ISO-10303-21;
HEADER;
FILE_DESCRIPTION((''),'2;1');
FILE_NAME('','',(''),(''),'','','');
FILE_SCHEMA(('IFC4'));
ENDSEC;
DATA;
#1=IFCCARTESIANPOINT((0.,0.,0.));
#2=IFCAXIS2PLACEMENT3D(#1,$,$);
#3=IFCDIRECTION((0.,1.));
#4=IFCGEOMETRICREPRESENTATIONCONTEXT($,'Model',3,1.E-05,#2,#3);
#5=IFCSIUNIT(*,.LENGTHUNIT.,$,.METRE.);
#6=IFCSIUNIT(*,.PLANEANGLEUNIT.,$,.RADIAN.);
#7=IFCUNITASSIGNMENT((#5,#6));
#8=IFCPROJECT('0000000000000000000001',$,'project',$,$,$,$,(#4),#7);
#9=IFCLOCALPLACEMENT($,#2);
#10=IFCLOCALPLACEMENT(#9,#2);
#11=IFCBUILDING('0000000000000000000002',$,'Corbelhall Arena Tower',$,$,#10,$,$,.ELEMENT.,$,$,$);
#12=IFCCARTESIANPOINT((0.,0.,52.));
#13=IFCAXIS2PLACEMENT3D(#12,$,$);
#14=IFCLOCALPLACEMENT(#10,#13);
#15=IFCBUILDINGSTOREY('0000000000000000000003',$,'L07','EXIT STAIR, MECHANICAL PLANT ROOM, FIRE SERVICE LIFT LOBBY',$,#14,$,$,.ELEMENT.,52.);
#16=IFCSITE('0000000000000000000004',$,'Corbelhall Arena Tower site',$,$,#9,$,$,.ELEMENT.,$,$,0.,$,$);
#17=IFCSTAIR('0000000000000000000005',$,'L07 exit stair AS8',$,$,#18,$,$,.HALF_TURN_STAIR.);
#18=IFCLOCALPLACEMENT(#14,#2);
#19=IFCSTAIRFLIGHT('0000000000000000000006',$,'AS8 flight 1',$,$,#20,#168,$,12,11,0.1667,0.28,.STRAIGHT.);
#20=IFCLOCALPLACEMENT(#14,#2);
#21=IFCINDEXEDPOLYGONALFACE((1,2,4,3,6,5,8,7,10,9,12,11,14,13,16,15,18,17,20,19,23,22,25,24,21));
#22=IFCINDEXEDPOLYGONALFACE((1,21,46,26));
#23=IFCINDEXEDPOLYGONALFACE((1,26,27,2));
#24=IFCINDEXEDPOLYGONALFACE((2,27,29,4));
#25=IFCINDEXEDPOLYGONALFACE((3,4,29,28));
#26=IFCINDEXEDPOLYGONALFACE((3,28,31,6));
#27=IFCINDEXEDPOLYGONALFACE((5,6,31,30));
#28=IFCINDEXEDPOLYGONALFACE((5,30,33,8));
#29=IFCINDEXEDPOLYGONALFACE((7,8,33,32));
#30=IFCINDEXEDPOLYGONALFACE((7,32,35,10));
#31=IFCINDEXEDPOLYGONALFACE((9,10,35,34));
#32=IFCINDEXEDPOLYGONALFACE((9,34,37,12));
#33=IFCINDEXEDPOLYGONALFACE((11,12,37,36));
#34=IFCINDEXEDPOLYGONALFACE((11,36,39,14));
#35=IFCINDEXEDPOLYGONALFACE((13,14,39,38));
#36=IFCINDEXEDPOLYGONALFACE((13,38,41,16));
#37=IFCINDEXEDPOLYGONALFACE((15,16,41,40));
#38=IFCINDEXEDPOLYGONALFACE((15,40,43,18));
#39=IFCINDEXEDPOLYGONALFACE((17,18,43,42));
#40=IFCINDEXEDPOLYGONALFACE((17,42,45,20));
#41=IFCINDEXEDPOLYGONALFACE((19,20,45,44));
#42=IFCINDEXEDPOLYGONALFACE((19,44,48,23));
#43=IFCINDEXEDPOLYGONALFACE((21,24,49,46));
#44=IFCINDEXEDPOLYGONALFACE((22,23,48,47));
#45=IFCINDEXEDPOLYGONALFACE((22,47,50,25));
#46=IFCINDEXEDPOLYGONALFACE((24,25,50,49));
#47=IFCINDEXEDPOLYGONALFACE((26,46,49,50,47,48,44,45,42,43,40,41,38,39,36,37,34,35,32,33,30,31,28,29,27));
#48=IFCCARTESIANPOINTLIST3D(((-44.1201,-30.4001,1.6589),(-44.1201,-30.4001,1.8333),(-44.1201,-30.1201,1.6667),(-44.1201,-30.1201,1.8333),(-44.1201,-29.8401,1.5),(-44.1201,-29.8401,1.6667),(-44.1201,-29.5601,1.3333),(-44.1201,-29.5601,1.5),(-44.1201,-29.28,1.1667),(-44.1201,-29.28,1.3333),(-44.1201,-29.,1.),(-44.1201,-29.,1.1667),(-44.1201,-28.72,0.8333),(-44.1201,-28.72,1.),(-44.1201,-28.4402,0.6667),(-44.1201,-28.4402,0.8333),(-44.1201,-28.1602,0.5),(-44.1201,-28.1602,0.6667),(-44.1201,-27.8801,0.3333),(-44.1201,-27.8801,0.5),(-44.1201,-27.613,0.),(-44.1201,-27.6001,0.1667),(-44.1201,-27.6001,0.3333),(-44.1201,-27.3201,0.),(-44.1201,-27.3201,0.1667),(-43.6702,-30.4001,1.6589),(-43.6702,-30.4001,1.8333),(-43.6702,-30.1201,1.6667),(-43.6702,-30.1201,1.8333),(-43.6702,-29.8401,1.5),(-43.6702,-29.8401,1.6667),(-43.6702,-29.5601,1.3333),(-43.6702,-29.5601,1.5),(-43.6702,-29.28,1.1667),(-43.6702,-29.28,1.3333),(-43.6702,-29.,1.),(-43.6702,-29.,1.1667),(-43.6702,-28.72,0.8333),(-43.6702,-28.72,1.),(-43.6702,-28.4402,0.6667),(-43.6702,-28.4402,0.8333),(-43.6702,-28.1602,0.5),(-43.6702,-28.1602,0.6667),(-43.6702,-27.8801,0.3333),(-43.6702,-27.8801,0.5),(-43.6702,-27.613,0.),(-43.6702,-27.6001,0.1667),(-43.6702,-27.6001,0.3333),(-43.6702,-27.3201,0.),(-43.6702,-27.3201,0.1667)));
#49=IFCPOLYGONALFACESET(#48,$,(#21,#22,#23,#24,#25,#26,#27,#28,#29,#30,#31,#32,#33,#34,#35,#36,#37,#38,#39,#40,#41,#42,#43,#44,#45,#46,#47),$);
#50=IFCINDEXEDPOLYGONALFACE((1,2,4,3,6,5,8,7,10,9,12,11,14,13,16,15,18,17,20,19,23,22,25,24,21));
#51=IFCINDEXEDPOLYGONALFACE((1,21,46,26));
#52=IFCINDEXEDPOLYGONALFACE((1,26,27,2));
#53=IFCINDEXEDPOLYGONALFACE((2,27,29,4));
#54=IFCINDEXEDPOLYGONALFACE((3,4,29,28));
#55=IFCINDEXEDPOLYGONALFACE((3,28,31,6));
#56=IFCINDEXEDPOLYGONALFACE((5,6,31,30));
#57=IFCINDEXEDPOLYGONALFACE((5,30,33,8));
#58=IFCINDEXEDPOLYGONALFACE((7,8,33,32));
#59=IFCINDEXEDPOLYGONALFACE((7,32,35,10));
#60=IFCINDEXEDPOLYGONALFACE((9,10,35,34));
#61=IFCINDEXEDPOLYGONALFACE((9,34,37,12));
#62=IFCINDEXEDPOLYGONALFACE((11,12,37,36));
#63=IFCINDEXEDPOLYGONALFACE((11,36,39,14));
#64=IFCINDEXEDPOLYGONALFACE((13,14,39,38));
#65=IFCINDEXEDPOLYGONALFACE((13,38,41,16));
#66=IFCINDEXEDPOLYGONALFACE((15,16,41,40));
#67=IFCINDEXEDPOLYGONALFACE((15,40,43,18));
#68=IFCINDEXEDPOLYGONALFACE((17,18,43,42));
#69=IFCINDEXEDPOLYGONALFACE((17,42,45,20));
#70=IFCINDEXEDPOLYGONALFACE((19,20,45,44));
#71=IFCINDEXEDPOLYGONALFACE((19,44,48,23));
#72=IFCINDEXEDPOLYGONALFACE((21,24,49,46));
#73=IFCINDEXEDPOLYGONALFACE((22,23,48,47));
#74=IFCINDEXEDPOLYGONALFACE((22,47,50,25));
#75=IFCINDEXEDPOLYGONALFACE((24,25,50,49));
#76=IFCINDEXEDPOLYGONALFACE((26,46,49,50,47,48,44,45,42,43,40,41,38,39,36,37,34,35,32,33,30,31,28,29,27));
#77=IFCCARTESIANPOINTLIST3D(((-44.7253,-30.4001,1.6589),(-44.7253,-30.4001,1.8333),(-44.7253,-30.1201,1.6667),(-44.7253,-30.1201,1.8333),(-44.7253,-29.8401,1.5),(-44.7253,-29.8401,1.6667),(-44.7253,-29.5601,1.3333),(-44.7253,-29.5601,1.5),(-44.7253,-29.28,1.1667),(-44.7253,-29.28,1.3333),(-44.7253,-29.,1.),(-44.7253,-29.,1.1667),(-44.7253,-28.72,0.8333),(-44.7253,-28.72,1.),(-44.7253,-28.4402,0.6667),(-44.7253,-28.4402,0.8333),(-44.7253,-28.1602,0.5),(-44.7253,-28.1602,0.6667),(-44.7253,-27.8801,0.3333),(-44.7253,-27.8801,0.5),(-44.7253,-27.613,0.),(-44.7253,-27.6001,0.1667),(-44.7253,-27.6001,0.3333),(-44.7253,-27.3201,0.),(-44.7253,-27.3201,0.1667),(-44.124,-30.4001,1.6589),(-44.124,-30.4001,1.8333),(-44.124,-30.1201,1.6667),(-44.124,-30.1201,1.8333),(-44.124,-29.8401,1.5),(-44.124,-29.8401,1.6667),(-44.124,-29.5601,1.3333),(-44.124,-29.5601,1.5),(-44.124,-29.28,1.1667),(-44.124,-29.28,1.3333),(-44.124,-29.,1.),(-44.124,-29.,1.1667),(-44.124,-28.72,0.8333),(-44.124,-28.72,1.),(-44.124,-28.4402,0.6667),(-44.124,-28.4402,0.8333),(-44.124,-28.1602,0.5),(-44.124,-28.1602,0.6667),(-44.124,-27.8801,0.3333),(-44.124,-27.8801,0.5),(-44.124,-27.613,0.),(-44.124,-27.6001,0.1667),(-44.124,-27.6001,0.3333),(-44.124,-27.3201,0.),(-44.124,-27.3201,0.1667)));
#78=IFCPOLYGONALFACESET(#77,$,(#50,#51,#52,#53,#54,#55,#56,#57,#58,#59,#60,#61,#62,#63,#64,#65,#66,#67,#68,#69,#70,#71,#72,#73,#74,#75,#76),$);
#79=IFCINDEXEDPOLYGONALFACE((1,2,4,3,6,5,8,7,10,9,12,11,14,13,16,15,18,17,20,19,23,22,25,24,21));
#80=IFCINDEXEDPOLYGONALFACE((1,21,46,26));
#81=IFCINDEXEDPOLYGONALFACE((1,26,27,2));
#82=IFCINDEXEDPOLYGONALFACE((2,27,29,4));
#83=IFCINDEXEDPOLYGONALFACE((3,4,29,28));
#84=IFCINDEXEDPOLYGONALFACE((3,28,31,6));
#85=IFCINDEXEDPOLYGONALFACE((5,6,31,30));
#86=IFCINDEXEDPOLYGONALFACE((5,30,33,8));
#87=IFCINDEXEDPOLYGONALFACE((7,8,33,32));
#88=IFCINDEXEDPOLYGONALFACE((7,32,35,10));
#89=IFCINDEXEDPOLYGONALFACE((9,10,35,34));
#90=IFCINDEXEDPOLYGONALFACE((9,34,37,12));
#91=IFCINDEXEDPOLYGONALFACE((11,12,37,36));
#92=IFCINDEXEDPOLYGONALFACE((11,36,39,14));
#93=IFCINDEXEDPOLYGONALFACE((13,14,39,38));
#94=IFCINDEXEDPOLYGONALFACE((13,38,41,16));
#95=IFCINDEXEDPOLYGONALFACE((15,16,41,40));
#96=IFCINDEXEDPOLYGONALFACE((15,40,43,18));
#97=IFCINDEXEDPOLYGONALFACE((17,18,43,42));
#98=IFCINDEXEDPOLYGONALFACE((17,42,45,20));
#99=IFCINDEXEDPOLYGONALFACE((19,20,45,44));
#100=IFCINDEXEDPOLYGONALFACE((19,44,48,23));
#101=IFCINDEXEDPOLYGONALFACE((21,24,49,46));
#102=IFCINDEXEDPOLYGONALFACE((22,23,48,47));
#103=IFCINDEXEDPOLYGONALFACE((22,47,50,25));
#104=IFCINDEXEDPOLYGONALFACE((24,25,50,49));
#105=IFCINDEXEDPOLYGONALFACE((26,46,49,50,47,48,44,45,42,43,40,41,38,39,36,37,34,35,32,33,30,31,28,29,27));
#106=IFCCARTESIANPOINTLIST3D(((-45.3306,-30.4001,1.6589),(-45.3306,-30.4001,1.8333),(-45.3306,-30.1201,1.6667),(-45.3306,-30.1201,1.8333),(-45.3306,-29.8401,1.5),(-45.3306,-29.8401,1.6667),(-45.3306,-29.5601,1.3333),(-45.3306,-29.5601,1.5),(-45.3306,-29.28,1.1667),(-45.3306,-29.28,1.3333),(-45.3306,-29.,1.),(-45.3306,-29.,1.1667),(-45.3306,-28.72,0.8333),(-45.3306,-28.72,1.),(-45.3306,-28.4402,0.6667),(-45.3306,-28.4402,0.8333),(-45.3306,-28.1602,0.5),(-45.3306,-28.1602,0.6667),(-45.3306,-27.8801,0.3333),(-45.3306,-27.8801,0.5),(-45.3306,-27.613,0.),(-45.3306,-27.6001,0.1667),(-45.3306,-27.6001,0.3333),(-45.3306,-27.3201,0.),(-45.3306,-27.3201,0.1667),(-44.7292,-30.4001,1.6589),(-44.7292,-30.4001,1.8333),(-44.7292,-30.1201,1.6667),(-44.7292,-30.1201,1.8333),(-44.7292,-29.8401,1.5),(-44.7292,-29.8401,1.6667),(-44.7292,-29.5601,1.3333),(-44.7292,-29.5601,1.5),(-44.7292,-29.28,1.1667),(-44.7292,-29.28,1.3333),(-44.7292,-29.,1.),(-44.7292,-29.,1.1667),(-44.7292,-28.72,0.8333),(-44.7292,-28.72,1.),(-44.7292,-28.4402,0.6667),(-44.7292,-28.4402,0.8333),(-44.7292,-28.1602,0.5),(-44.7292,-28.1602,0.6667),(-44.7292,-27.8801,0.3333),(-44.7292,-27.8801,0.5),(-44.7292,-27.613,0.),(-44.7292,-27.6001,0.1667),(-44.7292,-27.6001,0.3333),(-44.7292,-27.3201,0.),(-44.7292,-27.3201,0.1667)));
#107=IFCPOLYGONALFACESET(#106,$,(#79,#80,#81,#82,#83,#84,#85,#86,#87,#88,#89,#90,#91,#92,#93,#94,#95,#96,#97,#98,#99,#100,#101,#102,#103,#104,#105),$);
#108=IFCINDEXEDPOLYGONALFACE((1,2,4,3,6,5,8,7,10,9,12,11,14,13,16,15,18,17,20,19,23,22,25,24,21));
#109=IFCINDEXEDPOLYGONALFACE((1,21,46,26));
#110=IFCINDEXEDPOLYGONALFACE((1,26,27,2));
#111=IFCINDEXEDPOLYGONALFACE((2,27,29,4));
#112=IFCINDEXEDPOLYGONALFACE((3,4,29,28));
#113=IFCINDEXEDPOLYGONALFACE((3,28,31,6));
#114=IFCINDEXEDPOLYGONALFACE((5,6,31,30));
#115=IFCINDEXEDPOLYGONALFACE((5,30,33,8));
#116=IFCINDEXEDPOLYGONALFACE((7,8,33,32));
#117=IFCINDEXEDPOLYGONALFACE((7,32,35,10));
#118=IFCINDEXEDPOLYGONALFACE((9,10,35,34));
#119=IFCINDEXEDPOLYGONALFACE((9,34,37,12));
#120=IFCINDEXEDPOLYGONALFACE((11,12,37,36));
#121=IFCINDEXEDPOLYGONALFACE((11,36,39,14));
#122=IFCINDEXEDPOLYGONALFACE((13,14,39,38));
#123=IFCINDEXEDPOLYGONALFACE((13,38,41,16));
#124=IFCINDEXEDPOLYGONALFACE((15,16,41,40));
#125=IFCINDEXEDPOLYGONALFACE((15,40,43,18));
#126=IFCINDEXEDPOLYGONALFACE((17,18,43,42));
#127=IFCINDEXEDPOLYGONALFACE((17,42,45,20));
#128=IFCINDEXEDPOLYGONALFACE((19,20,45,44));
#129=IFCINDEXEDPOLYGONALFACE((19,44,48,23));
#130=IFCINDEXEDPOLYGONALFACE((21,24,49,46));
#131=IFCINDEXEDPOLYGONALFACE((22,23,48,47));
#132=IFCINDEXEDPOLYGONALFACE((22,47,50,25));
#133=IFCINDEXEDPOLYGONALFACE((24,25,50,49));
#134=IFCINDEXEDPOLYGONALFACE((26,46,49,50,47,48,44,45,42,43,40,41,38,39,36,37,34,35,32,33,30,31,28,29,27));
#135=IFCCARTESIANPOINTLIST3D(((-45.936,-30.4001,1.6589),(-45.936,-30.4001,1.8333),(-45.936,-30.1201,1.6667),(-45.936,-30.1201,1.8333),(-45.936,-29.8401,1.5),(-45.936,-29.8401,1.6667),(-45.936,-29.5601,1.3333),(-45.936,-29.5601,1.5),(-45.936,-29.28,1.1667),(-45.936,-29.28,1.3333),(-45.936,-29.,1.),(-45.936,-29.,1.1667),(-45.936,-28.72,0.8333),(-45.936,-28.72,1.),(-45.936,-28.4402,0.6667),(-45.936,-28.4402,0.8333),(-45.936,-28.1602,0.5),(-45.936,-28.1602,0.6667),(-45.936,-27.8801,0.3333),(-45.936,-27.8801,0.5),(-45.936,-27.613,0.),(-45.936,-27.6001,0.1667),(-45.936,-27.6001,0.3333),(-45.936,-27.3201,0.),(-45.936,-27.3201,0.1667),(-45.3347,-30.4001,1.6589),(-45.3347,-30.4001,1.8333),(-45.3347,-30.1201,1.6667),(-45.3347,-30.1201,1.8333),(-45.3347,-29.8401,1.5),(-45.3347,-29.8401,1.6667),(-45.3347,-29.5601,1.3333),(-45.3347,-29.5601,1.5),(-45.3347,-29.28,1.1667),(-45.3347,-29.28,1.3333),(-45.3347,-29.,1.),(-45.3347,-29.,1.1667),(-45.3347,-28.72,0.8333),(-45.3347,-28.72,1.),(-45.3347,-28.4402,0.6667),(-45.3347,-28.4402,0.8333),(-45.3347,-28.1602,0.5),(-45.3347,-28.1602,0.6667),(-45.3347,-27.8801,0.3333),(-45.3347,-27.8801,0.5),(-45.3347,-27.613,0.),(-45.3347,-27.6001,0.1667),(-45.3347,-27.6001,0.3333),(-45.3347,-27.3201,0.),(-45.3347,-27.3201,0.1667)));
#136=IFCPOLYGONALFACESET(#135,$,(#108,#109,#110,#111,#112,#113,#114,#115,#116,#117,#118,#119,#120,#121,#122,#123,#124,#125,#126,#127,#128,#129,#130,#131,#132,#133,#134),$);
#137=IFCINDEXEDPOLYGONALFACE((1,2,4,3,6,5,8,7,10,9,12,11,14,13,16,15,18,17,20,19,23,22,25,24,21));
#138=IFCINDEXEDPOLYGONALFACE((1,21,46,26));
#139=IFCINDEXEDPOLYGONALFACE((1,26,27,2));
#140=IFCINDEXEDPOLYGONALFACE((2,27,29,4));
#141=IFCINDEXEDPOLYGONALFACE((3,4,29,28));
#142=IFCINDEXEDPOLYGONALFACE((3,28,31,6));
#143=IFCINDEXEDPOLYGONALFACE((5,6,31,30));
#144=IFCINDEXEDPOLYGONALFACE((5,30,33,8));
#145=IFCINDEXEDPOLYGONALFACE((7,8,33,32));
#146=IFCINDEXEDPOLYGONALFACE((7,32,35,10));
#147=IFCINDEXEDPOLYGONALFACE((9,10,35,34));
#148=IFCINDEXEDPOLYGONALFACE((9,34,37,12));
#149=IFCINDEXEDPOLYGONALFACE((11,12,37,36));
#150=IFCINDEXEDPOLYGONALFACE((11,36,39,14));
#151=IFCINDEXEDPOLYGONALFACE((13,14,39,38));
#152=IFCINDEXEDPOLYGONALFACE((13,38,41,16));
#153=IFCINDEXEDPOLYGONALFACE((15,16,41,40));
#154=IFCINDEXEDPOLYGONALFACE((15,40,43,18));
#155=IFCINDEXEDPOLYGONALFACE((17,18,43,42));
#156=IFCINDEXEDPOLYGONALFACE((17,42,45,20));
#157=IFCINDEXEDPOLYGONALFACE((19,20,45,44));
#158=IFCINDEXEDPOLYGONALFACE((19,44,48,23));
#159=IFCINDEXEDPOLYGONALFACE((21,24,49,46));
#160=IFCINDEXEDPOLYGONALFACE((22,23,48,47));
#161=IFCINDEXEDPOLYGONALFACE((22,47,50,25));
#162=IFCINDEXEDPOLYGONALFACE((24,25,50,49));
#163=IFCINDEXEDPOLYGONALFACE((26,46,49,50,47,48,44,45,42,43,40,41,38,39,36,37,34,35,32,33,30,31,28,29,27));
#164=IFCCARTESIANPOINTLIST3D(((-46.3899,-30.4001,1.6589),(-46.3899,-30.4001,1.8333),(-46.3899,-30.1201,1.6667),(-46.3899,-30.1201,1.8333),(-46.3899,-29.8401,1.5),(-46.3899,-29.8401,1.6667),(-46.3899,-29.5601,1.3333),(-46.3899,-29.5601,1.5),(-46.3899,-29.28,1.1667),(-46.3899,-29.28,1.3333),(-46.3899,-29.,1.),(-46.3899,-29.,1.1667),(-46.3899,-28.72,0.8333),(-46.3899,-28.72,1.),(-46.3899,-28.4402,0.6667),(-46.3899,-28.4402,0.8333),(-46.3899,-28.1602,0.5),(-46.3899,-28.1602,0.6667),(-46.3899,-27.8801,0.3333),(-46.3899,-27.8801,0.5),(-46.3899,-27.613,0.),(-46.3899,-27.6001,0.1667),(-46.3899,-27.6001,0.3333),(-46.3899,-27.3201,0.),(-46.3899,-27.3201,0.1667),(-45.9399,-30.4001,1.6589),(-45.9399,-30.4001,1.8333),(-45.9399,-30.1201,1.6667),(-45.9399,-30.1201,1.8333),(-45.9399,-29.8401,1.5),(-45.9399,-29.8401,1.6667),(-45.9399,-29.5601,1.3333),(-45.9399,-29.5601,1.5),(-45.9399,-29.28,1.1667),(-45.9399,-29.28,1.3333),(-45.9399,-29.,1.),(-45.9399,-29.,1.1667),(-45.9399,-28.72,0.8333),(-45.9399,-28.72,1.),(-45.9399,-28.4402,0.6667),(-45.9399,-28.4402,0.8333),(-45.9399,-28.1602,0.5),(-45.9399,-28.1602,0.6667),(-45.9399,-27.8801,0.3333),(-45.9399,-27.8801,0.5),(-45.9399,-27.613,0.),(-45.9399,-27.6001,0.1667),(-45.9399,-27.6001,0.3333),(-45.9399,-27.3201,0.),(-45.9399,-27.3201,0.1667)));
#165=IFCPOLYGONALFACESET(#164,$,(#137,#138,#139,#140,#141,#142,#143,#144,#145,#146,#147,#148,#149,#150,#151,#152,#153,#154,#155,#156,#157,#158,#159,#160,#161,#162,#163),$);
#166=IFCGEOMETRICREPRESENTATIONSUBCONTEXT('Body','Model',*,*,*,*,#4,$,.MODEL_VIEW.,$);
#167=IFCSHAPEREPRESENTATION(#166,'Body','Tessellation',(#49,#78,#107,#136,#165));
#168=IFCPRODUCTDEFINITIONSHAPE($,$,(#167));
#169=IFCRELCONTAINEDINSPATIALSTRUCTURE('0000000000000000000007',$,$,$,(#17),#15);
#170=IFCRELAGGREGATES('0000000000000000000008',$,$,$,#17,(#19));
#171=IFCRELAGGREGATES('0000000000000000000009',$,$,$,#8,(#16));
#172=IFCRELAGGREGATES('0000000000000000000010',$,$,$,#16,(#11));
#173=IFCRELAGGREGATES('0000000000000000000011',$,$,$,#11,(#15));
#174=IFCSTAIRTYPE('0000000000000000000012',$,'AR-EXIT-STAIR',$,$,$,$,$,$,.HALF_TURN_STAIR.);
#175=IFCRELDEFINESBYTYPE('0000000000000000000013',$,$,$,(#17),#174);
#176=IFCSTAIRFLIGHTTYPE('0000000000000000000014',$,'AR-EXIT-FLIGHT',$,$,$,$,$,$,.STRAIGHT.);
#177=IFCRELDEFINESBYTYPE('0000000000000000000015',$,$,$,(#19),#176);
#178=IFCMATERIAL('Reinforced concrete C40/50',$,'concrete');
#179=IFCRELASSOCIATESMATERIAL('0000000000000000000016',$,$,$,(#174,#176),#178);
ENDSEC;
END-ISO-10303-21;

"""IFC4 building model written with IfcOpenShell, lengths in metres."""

from ifc_helpers import new_model, si_unit, direction, frame, origin, place, context, subcontext, project, spatial, polyline, outline, extrude, material, type_object, element, aggregate, save


model = new_model("IFC4")

# Units and contexts
model_context = context("Model", 3, precision=1e-05, world=origin(), true_north=direction((0.0, 1.0)))
body_context = subcontext(model_context, "Body", "Model", "MODEL_VIEW")
ifc_project = project(units=[si_unit("LENGTHUNIT", "METRE"), si_unit("PLANEANGLEUNIT", "RADIAN")], contexts=[model_context])

# Site, building, storey
site_placement = place(None, origin())
site = spatial("IfcSite", under=ifc_project, at=site_placement, Name="Corbelhall Arena Tower site", CompositionType="ELEMENT", RefElevation=0.0)
building_placement = place(site_placement, origin())
building = spatial("IfcBuilding", under=site, at=building_placement, Name="Corbelhall Arena Tower", CompositionType="ELEMENT")
storey_placement = place(building_placement, frame((0.0, 0.0, 52.0)))
storey = spatial("IfcBuildingStorey", under=building, at=storey_placement, Name="L07", Description="EXIT STAIR, MECHANICAL PLANT ROOM, FIRE SERVICE LIFT LOBBY", CompositionType="ELEMENT", Elevation=52.0)

# Shared definitions
ifc_material_1 = material(Name="Reinforced concrete C40/50", Category="concrete")

# Stair, stair flight
stair_type = type_object("IfcStairType", Name="AR-EXIT-STAIR", PredefinedType="HALF_TURN_STAIR", material=ifc_material_1)
stair_placement = place(storey_placement, origin())
stair = element("IfcStair", 1, at=stair_placement, inside=storey, type_object=stair_type, Name="L07 exit stair AS8", PredefinedType="HALF_TURN_STAIR")
stair_flight_type = type_object("IfcStairFlightType", Name="AR-EXIT-FLIGHT", PredefinedType="STRAIGHT", material=ifc_material_1)
stair_flight_1_placement = place(storey_placement, frame((-45.03, -27.3201, 0.0), z_axis=(0.0, 0.0, 1.0), x_axis=(0.0, -1.0, 0.0)))
stair_flight_1 = element("IfcStairFlight", 2, at=stair_flight_1_placement, type_object=stair_flight_type, Name="AS8 flight 1", NumberOfRisers=12, NumberOfTreads=11, PredefinedType="STRAIGHT", RiserHeight=0.1667, TreadLength=0.28, context=body_context, shape_type="SweptSolid", body=[
    extrude(outline(polyline([(0.0, 0.0), (0.0, 0.1667), (0.28, 0.1667), (0.28, 0.3333), (0.5601, 0.3333), (0.5601, 0.5), (0.8401, 0.5), (0.8401, 0.6667), (1.1201, 0.6667), (1.1201, 0.8333), (1.3999, 0.8333), (1.3999, 1.0), (1.6799, 1.0), (1.6799, 1.1667), (1.96, 1.1667), (1.96, 1.3333), (2.24, 1.3333), (2.24, 1.5), (2.52, 1.5), (2.52, 1.6667), (2.8, 1.6667), (2.8, 1.8333), (3.0801, 1.8333), (3.0801, 2.0), (3.0801, 1.6589), (0.293, 0.0), (0.0, 0.0)])), frame((0.0, 1.3599, 0.0), z_axis=(0.0, -1.0, 0.0), x_axis=(1.0, 0.0, 0.0)), (0.0, 0.0, 1.0), 0.45),
    extrude(outline(polyline([(0.0, 0.0), (0.0, 0.1667), (0.28, 0.1667), (0.28, 0.3333), (0.5601, 0.3333), (0.5601, 0.5), (0.8401, 0.5), (0.8401, 0.6667), (1.1201, 0.6667), (1.1201, 0.8333), (1.3999, 0.8333), (1.3999, 1.0), (1.6799, 1.0), (1.6799, 1.1667), (1.96, 1.1667), (1.96, 1.3333), (2.24, 1.3333), (2.24, 1.5), (2.52, 1.5), (2.52, 1.6667), (2.8, 1.6667), (2.8, 1.8333), (3.0801, 1.8333), (3.0801, 2.0), (3.0801, 1.6589), (0.293, 0.0), (0.0, 0.0)])), frame((0.0, 0.906, 0.0), z_axis=(0.0, -1.0, 0.0), x_axis=(1.0, 0.0, 0.0)), (0.0, 0.0, 1.0), 0.6013),
    extrude(outline(polyline([(0.0, 0.0), (0.0, 0.1667), (0.28, 0.1667), (0.28, 0.3333), (0.5601, 0.3333), (0.5601, 0.5), (0.8401, 0.5), (0.8401, 0.6667), (1.1201, 0.6667), (1.1201, 0.8333), (1.3999, 0.8333), (1.3999, 1.0), (1.6799, 1.0), (1.6799, 1.1667), (1.96, 1.1667), (1.96, 1.3333), (2.24, 1.3333), (2.24, 1.5), (2.52, 1.5), (2.52, 1.6667), (2.8, 1.6667), (2.8, 1.8333), (3.0801, 1.8333), (3.0801, 2.0), (3.0801, 1.6589), (0.293, 0.0), (0.0, 0.0)])), frame((0.0, 0.3008, 0.0), z_axis=(0.0, -1.0, 0.0), x_axis=(1.0, 0.0, 0.0)), (0.0, 0.0, 1.0), 0.6013),
    extrude(outline(polyline([(0.0, 0.0), (0.0, 0.1667), (0.28, 0.1667), (0.28, 0.3333), (0.5601, 0.3333), (0.5601, 0.5), (0.8401, 0.5), (0.8401, 0.6667), (1.1201, 0.6667), (1.1201, 0.8333), (1.3999, 0.8333), (1.3999, 1.0), (1.6799, 1.0), (1.6799, 1.1667), (1.96, 1.1667), (1.96, 1.3333), (2.24, 1.3333), (2.24, 1.5), (2.52, 1.5), (2.52, 1.6667), (2.8, 1.6667), (2.8, 1.8333), (3.0801, 1.8333), (3.0801, 2.0), (3.0801, 1.6589), (0.293, 0.0), (0.0, 0.0)])), frame((0.0, -0.3047, 0.0), z_axis=(0.0, -1.0, 0.0), x_axis=(1.0, 0.0, 0.0)), (0.0, 0.0, 1.0), 0.6013),
    extrude(outline(polyline([(0.0, 0.0), (0.0, 0.1667), (0.28, 0.1667), (0.28, 0.3333), (0.5601, 0.3333), (0.5601, 0.5), (0.8401, 0.5), (0.8401, 0.6667), (1.1201, 0.6667), (1.1201, 0.8333), (1.3999, 0.8333), (1.3999, 1.0), (1.6799, 1.0), (1.6799, 1.1667), (1.96, 1.1667), (1.96, 1.3333), (2.24, 1.3333), (2.24, 1.5), (2.52, 1.5), (2.52, 1.6667), (2.8, 1.6667), (2.8, 1.8333), (3.0801, 1.8333), (3.0801, 2.0), (3.0801, 1.6589), (0.293, 0.0), (0.0, 0.0)])), frame((0.0, -0.9099, 0.0), z_axis=(0.0, -1.0, 0.0), x_axis=(1.0, 0.0, 0.0)), (0.0, 0.0, 1.0), 0.45),
])
aggregate(stair, [stair_flight_1])

save(model, "model.ifc")
